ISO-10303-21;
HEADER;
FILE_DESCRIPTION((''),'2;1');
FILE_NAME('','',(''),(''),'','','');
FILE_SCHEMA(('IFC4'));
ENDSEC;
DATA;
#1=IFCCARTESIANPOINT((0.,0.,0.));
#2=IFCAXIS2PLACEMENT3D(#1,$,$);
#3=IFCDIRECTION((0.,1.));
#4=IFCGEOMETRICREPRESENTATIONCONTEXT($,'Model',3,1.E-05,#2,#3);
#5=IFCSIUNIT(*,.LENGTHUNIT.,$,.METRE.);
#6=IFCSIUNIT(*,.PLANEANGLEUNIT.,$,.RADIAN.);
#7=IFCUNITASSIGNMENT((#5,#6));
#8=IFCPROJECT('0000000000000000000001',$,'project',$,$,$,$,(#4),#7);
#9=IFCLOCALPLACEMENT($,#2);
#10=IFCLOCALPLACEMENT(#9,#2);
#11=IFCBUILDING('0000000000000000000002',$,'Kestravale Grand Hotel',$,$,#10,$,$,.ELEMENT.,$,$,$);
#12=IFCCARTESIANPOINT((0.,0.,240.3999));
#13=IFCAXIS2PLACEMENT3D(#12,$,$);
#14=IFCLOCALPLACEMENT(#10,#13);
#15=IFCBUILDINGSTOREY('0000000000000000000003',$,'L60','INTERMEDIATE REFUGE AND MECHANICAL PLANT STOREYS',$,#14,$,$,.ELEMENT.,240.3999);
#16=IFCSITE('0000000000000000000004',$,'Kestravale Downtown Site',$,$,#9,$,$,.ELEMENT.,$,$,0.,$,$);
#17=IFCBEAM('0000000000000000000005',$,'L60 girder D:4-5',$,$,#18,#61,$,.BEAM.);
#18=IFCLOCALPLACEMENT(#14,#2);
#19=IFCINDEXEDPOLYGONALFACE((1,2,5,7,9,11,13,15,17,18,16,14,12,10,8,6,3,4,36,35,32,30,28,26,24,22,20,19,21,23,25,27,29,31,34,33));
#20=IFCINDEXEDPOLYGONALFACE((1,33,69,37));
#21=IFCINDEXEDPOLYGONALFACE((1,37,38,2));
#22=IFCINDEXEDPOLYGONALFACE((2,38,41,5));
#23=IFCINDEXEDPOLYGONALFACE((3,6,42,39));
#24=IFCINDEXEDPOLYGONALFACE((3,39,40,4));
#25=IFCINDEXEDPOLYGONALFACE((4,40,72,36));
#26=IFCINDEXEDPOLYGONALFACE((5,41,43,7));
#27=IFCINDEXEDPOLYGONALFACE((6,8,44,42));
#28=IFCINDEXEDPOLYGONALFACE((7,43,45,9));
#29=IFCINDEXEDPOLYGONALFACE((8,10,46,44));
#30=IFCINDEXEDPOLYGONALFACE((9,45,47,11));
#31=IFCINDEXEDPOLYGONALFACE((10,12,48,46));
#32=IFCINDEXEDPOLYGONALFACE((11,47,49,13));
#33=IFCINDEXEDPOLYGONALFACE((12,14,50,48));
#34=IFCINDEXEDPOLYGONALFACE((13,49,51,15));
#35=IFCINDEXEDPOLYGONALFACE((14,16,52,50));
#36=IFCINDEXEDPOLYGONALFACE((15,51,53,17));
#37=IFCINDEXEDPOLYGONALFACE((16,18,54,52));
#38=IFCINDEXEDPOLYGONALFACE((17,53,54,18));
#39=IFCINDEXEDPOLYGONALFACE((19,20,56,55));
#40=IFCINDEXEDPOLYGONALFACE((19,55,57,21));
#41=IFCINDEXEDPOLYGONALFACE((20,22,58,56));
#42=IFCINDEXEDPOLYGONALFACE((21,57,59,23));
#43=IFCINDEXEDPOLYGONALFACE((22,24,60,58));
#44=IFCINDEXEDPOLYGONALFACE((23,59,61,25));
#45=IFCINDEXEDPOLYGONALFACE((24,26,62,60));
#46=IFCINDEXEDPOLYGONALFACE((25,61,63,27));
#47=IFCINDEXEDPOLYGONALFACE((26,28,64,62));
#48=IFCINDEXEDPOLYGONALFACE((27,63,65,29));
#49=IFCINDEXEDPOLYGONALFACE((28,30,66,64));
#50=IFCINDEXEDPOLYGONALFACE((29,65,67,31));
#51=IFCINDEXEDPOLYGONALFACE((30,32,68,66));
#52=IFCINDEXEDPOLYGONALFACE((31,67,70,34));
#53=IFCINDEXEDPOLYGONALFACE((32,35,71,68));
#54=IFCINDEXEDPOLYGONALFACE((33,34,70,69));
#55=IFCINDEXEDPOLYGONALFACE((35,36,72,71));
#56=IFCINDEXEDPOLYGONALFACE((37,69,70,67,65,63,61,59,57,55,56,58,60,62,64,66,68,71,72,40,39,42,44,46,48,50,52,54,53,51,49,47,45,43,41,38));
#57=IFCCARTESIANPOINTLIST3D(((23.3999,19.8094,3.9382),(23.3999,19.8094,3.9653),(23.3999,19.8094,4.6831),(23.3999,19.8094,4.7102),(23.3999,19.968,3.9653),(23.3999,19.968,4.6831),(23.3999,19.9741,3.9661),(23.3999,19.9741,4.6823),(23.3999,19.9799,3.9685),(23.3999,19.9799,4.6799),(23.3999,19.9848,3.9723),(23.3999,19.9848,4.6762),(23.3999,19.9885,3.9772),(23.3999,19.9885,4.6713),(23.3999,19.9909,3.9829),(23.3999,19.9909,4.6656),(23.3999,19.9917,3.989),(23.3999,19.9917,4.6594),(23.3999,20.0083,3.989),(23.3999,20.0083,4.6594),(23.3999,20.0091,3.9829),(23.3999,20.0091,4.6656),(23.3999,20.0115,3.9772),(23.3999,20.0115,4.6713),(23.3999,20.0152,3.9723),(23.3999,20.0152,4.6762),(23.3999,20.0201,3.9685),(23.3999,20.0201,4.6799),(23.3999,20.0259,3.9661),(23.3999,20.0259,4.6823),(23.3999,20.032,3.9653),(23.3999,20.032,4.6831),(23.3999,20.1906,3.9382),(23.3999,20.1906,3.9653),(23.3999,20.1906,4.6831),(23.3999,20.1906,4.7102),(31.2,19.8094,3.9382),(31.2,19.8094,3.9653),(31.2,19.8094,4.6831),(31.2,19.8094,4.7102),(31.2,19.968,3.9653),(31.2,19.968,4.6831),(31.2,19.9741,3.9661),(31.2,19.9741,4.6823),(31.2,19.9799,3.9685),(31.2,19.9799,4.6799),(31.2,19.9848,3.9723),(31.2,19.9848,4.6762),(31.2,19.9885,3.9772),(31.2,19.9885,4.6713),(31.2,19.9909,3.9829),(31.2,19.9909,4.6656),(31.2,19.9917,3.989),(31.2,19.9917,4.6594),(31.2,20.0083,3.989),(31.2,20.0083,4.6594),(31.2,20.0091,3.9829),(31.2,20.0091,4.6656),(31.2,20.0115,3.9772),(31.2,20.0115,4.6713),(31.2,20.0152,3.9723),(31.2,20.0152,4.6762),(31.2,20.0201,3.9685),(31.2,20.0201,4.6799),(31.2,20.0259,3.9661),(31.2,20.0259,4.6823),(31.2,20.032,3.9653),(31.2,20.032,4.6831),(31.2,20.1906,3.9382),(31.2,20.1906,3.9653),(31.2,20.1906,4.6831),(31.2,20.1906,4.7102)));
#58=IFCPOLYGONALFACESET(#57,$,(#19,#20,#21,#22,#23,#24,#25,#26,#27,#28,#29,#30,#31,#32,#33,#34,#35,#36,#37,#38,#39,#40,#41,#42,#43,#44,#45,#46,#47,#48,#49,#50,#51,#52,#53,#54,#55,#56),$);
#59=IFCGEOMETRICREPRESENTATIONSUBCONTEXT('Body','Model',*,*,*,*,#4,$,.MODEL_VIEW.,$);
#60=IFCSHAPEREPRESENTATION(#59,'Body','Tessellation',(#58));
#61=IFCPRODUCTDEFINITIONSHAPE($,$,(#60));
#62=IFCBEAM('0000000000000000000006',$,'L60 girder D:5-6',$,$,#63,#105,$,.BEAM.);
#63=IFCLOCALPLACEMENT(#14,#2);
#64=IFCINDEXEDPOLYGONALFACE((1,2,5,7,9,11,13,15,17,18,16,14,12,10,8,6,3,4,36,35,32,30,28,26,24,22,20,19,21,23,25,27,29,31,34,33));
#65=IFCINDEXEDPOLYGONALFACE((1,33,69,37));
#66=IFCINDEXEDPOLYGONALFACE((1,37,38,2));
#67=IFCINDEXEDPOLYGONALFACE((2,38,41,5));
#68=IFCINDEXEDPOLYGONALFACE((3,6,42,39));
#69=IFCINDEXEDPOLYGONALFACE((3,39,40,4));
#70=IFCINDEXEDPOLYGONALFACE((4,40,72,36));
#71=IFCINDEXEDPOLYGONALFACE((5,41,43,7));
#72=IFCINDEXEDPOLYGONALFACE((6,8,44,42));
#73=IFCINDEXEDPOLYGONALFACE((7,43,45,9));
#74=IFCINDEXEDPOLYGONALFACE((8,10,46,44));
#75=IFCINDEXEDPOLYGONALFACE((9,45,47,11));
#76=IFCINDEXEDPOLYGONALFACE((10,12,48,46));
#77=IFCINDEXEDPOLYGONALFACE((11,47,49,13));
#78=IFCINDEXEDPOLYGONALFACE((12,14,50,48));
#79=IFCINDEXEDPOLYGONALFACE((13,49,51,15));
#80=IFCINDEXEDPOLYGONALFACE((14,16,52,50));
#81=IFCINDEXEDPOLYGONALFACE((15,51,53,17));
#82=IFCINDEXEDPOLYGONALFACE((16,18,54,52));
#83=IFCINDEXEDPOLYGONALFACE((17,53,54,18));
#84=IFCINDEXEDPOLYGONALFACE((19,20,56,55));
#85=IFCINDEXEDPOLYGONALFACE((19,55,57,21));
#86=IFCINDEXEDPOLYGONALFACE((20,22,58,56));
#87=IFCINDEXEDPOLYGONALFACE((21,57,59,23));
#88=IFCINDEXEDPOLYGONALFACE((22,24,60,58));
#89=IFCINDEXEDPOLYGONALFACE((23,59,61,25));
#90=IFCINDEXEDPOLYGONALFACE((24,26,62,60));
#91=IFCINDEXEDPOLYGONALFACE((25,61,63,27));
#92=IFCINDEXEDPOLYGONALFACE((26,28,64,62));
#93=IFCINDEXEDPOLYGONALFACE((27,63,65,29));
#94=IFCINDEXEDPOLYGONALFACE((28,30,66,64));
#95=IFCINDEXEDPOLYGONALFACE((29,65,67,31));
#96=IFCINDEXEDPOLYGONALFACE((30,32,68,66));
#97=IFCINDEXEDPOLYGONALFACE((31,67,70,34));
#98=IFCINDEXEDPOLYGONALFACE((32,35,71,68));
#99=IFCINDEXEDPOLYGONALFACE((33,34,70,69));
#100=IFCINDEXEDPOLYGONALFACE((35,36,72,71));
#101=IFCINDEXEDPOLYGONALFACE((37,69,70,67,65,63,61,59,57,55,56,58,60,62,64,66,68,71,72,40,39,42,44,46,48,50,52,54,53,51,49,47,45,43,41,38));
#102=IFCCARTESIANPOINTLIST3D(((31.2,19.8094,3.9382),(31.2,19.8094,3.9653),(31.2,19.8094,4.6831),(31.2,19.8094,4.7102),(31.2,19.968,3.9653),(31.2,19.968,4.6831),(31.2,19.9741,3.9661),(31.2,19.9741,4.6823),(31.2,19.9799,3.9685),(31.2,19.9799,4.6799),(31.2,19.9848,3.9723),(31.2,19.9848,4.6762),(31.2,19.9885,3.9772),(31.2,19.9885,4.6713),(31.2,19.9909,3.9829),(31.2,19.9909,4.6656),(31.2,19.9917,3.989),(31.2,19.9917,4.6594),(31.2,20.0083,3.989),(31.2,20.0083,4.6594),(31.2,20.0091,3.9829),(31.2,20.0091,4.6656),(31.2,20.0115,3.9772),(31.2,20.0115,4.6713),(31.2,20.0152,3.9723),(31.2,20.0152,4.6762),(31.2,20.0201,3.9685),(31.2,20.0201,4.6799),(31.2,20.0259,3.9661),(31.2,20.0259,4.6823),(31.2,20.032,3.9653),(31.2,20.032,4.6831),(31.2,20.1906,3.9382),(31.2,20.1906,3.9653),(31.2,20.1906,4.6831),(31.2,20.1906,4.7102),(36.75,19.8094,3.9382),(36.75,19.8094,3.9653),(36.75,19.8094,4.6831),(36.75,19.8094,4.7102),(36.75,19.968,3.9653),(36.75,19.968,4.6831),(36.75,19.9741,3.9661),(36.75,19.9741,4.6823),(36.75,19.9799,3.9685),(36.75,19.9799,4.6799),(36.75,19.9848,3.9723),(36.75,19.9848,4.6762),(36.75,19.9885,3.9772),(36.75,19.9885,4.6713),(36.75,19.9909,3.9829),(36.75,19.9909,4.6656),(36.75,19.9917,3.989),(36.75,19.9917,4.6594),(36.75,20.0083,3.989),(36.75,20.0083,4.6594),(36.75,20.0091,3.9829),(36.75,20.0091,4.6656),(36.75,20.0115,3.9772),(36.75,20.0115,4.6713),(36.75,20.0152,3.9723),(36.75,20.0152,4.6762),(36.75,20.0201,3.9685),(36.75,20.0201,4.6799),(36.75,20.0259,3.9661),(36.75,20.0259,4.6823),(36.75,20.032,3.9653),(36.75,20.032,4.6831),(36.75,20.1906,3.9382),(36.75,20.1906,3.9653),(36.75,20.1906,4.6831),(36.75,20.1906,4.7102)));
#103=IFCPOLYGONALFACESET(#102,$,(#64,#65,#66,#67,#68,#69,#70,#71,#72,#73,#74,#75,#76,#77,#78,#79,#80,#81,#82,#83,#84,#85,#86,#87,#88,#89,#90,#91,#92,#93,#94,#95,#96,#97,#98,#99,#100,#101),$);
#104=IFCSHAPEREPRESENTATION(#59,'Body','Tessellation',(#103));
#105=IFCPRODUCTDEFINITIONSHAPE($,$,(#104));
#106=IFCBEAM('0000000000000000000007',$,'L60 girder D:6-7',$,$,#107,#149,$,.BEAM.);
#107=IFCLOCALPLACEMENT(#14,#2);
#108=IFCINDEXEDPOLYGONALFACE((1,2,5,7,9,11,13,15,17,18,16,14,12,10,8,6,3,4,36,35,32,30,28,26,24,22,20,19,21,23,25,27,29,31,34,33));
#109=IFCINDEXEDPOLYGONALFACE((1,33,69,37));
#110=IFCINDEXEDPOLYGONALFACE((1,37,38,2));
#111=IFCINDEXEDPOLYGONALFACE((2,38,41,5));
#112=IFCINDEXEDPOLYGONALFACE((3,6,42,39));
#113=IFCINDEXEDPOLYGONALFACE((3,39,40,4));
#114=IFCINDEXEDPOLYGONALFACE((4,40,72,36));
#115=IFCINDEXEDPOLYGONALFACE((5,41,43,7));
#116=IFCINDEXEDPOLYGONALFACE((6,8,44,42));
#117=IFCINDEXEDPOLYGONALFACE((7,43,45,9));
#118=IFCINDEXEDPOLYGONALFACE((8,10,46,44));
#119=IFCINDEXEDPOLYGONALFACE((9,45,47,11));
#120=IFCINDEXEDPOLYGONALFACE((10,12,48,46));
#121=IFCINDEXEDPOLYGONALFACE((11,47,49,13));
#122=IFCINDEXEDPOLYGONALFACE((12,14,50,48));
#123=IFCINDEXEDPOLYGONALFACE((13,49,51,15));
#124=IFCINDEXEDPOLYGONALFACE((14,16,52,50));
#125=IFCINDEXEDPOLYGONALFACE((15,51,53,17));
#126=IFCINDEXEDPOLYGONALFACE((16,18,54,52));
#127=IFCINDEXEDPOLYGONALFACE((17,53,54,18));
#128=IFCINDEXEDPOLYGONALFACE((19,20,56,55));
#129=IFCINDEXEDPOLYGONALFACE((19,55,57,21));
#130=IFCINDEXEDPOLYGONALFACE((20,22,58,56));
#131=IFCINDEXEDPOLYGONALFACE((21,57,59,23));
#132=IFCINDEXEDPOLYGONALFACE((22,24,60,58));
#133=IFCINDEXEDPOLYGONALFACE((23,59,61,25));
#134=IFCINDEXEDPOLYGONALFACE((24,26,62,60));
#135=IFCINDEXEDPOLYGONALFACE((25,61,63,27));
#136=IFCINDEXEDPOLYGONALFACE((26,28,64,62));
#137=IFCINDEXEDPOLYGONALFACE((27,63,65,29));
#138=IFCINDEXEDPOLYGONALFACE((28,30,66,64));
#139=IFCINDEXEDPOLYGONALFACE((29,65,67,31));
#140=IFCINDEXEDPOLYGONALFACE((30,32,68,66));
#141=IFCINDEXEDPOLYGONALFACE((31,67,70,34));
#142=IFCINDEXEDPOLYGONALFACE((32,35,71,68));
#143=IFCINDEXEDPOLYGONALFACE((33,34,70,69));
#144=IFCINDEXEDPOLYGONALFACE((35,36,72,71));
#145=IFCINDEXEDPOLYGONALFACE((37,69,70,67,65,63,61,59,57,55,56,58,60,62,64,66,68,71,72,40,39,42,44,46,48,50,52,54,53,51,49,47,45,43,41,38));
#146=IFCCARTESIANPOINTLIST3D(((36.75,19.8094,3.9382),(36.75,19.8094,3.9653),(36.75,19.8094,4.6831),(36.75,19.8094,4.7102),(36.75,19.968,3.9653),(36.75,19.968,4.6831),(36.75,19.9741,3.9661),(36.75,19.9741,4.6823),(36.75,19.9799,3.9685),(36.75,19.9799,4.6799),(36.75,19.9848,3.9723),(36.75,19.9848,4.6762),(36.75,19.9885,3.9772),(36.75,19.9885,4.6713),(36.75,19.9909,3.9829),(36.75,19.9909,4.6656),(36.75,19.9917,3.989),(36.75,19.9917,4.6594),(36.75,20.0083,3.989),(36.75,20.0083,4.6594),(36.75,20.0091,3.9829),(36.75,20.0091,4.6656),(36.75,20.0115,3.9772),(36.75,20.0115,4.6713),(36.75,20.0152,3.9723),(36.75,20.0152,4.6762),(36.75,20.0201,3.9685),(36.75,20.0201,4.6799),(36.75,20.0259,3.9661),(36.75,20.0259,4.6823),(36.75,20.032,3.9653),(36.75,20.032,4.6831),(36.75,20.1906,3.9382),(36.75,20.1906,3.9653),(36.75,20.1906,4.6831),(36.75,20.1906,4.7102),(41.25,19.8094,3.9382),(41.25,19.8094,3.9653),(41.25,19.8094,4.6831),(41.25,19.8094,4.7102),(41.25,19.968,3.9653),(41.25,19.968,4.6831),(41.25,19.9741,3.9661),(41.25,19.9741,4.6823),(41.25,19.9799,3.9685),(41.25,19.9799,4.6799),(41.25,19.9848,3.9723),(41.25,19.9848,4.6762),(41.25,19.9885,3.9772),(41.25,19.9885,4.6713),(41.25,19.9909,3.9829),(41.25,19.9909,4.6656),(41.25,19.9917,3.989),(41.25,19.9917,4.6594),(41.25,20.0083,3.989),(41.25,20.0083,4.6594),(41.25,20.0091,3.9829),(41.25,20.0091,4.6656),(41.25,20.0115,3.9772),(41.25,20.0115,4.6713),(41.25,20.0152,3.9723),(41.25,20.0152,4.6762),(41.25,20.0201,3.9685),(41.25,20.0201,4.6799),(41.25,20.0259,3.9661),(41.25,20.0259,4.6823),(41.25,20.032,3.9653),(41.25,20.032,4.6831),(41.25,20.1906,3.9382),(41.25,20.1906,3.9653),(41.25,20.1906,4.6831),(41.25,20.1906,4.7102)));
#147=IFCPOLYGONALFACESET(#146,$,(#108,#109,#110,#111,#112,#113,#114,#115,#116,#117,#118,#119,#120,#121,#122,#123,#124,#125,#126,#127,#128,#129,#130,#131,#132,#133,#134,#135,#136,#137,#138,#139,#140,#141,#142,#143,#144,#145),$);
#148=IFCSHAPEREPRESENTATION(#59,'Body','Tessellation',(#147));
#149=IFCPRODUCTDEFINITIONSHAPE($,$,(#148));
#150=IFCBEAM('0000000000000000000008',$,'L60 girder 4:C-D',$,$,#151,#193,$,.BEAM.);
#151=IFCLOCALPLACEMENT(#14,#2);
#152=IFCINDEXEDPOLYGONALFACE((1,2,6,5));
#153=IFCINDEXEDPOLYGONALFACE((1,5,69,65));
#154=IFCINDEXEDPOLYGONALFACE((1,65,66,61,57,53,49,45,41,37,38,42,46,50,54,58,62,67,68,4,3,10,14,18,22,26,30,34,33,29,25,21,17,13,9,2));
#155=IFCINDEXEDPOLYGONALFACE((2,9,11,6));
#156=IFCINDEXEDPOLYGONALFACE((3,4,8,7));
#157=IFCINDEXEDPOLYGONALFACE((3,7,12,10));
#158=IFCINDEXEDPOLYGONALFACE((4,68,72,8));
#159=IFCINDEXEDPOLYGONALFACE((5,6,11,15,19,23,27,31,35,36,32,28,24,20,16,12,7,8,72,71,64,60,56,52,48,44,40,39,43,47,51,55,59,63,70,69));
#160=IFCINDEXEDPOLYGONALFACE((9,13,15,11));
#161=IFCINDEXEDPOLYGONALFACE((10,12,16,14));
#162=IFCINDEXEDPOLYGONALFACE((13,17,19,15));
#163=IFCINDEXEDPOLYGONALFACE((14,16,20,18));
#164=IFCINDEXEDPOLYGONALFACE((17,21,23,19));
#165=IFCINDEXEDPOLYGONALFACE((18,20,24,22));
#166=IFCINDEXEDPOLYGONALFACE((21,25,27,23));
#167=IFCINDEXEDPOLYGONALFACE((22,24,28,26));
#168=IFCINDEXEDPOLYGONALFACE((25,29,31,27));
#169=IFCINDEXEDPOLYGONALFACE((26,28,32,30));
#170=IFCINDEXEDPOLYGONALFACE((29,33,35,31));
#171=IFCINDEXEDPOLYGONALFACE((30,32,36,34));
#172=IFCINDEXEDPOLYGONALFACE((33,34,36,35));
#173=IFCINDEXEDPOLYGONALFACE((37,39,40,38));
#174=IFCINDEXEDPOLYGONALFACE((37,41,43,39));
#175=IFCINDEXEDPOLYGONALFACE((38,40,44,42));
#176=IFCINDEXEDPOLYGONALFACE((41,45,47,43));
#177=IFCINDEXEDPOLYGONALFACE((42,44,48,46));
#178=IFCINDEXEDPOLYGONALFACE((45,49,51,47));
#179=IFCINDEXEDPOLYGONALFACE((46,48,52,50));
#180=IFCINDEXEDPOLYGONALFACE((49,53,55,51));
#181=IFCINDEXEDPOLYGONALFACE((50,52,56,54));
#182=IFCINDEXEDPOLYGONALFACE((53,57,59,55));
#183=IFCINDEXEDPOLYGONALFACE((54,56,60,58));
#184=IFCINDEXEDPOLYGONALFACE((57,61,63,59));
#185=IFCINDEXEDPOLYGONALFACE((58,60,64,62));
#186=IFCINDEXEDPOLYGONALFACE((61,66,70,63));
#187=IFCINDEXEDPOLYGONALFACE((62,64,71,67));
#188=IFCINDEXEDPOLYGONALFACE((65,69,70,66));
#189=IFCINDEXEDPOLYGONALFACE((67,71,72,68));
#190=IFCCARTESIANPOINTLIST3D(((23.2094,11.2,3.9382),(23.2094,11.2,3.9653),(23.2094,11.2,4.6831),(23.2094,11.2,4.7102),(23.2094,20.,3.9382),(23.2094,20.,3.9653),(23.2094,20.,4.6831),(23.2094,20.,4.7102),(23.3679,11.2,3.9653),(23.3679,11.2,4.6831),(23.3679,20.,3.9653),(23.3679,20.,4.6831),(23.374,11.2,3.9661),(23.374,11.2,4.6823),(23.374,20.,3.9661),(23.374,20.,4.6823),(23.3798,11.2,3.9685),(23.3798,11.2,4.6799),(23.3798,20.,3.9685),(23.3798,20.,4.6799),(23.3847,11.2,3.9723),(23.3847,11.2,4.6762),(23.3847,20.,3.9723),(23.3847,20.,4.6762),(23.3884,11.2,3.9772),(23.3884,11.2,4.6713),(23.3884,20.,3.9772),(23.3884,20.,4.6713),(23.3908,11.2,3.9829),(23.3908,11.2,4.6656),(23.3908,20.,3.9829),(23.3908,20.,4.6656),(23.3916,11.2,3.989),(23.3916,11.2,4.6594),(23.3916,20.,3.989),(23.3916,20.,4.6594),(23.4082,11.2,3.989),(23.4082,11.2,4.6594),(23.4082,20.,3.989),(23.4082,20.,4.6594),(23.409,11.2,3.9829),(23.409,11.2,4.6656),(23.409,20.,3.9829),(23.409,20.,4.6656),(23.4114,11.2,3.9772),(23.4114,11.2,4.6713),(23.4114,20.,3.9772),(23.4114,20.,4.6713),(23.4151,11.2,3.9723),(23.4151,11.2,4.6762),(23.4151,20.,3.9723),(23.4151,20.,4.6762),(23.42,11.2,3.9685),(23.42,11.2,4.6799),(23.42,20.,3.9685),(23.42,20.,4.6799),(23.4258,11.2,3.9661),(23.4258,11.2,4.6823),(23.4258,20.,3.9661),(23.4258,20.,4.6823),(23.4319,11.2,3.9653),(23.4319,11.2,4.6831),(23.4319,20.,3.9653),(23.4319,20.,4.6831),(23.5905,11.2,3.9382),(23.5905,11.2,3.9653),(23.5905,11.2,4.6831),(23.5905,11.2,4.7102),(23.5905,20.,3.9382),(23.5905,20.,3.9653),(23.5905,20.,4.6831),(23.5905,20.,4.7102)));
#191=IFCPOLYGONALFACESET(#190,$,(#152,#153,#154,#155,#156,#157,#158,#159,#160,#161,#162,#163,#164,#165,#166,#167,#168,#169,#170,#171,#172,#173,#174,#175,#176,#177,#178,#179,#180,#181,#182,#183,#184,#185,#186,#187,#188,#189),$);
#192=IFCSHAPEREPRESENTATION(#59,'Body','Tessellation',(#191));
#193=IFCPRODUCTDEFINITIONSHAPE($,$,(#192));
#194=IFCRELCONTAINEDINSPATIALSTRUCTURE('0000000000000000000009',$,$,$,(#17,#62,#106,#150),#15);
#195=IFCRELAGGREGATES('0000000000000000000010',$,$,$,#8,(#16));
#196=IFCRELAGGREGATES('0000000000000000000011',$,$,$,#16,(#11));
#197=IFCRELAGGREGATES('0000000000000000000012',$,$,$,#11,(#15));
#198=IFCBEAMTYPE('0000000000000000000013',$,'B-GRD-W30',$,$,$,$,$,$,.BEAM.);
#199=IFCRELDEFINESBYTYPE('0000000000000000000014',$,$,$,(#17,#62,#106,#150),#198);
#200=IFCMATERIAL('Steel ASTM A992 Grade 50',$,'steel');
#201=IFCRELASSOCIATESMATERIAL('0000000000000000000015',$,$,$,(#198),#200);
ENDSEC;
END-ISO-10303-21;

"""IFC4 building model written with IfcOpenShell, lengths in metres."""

from ifc_helpers import new_model, si_unit, direction, frame, origin, origin_2d, place, context, subcontext, project, spatial, i_section, extrude, material, material_profile, profile_set, type_object, element, save


model = new_model("IFC4")

# Units and contexts
model_context = context("Model", 3, precision=1e-05, world=origin(), true_north=direction((0.0, 1.0)))
body_context = subcontext(model_context, "Body", "Model", "MODEL_VIEW")
ifc_project = project(units=[si_unit("LENGTHUNIT", "METRE"), si_unit("PLANEANGLEUNIT", "RADIAN")], contexts=[model_context])

# Site, building, storey
site_placement = place(None, origin())
site = spatial("IfcSite", under=ifc_project, at=site_placement, Name="Kestravale Downtown Site", CompositionType="ELEMENT", RefElevation=0.0)
building_placement = place(site_placement, origin())
building = spatial("IfcBuilding", under=site, at=building_placement, Name="Kestravale Grand Hotel", CompositionType="ELEMENT")
storey_placement = place(building_placement, frame((0.0, 0.0, 240.3999)))
storey = spatial("IfcBuildingStorey", under=building, at=storey_placement, Name="L60", Description="INTERMEDIATE REFUGE AND MECHANICAL PLANT STOREYS", CompositionType="ELEMENT", Elevation=240.3999)

# Beams
ifc_material_1 = material(Name="Steel ASTM A992 Grade 50", Category="steel")
ifc_material_profile_1 = material_profile(ifc_material_1, i_section(OverallWidth=0.3811, OverallDepth=0.772, WebThickness=0.0166, FlangeThickness=0.0271, FilletRadius=0.0237, at=origin_2d()))
ifc_profile_set_1 = profile_set([ifc_material_profile_1], Name="Steel ASTM A992 Grade 50")
beam_type_1 = type_object("IfcBeamType", Name="B-GRD-W30", PredefinedType="BEAM", material=ifc_profile_set_1)
for number, where, z_axis, x_axis, name in (
    (1, (23.3999, 20.0, 4.3242), (1.0, 0.0, 0.0), (0.0, 1.0, 0.0), "L60 girder D:4-5"),
):
    element("IfcBeam", number, at=place(storey_placement, frame(where, z_axis=z_axis, x_axis=x_axis)), inside=storey, type_object=beam_type_1, Name=name, PredefinedType="BEAM", context=body_context, shape_type="SweptSolid", body=[
        extrude(i_section(OverallWidth=0.3811, OverallDepth=0.772, WebThickness=0.0166, FlangeThickness=0.0271, FilletRadius=0.0237, at=origin_2d()), origin(), (0.0, 0.0, 1.0), 7.8),
    ])
beam_1_placement = place(storey_placement, frame((31.2, 20.0, 4.3242), z_axis=(1.0, 0.0, 0.0), x_axis=(0.0, 1.0, 0.0)))
element("IfcBeam", 2, at=beam_1_placement, inside=storey, type_object=beam_type_1, Name="L60 girder D:5-6", PredefinedType="BEAM", context=body_context, shape_type="SweptSolid", body=[
    extrude(i_section(OverallWidth=0.3811, OverallDepth=0.772, WebThickness=0.0166, FlangeThickness=0.0271, FilletRadius=0.0237, at=origin_2d()), origin(), (0.0, 0.0, 1.0), 5.55),
])
beam_2_placement = place(storey_placement, frame((36.75, 20.0, 4.3242), z_axis=(1.0, 0.0, 0.0), x_axis=(0.0, 1.0, 0.0)))
element("IfcBeam", 3, at=beam_2_placement, inside=storey, type_object=beam_type_1, Name="L60 girder D:6-7", PredefinedType="BEAM", context=body_context, shape_type="SweptSolid", body=[
    extrude(i_section(OverallWidth=0.3811, OverallDepth=0.772, WebThickness=0.0166, FlangeThickness=0.0271, FilletRadius=0.0237, at=origin_2d()), origin(), (0.0, 0.0, 1.0), 4.5),
])
beam_3_placement = place(storey_placement, frame((23.3999, 11.2, 4.3242), z_axis=(0.0, 1.0, 0.0), x_axis=(-1.0, 0.0, 0.0)))
element("IfcBeam", 4, at=beam_3_placement, inside=storey, type_object=beam_type_1, Name="L60 girder 4:C-D", PredefinedType="BEAM", context=body_context, shape_type="SweptSolid", body=[
    extrude(i_section(OverallWidth=0.3811, OverallDepth=0.772, WebThickness=0.0166, FlangeThickness=0.0271, FilletRadius=0.0237, at=origin_2d()), origin(), (0.0, 0.0, 1.0), 8.8),
])

save(model, "model.ifc")
